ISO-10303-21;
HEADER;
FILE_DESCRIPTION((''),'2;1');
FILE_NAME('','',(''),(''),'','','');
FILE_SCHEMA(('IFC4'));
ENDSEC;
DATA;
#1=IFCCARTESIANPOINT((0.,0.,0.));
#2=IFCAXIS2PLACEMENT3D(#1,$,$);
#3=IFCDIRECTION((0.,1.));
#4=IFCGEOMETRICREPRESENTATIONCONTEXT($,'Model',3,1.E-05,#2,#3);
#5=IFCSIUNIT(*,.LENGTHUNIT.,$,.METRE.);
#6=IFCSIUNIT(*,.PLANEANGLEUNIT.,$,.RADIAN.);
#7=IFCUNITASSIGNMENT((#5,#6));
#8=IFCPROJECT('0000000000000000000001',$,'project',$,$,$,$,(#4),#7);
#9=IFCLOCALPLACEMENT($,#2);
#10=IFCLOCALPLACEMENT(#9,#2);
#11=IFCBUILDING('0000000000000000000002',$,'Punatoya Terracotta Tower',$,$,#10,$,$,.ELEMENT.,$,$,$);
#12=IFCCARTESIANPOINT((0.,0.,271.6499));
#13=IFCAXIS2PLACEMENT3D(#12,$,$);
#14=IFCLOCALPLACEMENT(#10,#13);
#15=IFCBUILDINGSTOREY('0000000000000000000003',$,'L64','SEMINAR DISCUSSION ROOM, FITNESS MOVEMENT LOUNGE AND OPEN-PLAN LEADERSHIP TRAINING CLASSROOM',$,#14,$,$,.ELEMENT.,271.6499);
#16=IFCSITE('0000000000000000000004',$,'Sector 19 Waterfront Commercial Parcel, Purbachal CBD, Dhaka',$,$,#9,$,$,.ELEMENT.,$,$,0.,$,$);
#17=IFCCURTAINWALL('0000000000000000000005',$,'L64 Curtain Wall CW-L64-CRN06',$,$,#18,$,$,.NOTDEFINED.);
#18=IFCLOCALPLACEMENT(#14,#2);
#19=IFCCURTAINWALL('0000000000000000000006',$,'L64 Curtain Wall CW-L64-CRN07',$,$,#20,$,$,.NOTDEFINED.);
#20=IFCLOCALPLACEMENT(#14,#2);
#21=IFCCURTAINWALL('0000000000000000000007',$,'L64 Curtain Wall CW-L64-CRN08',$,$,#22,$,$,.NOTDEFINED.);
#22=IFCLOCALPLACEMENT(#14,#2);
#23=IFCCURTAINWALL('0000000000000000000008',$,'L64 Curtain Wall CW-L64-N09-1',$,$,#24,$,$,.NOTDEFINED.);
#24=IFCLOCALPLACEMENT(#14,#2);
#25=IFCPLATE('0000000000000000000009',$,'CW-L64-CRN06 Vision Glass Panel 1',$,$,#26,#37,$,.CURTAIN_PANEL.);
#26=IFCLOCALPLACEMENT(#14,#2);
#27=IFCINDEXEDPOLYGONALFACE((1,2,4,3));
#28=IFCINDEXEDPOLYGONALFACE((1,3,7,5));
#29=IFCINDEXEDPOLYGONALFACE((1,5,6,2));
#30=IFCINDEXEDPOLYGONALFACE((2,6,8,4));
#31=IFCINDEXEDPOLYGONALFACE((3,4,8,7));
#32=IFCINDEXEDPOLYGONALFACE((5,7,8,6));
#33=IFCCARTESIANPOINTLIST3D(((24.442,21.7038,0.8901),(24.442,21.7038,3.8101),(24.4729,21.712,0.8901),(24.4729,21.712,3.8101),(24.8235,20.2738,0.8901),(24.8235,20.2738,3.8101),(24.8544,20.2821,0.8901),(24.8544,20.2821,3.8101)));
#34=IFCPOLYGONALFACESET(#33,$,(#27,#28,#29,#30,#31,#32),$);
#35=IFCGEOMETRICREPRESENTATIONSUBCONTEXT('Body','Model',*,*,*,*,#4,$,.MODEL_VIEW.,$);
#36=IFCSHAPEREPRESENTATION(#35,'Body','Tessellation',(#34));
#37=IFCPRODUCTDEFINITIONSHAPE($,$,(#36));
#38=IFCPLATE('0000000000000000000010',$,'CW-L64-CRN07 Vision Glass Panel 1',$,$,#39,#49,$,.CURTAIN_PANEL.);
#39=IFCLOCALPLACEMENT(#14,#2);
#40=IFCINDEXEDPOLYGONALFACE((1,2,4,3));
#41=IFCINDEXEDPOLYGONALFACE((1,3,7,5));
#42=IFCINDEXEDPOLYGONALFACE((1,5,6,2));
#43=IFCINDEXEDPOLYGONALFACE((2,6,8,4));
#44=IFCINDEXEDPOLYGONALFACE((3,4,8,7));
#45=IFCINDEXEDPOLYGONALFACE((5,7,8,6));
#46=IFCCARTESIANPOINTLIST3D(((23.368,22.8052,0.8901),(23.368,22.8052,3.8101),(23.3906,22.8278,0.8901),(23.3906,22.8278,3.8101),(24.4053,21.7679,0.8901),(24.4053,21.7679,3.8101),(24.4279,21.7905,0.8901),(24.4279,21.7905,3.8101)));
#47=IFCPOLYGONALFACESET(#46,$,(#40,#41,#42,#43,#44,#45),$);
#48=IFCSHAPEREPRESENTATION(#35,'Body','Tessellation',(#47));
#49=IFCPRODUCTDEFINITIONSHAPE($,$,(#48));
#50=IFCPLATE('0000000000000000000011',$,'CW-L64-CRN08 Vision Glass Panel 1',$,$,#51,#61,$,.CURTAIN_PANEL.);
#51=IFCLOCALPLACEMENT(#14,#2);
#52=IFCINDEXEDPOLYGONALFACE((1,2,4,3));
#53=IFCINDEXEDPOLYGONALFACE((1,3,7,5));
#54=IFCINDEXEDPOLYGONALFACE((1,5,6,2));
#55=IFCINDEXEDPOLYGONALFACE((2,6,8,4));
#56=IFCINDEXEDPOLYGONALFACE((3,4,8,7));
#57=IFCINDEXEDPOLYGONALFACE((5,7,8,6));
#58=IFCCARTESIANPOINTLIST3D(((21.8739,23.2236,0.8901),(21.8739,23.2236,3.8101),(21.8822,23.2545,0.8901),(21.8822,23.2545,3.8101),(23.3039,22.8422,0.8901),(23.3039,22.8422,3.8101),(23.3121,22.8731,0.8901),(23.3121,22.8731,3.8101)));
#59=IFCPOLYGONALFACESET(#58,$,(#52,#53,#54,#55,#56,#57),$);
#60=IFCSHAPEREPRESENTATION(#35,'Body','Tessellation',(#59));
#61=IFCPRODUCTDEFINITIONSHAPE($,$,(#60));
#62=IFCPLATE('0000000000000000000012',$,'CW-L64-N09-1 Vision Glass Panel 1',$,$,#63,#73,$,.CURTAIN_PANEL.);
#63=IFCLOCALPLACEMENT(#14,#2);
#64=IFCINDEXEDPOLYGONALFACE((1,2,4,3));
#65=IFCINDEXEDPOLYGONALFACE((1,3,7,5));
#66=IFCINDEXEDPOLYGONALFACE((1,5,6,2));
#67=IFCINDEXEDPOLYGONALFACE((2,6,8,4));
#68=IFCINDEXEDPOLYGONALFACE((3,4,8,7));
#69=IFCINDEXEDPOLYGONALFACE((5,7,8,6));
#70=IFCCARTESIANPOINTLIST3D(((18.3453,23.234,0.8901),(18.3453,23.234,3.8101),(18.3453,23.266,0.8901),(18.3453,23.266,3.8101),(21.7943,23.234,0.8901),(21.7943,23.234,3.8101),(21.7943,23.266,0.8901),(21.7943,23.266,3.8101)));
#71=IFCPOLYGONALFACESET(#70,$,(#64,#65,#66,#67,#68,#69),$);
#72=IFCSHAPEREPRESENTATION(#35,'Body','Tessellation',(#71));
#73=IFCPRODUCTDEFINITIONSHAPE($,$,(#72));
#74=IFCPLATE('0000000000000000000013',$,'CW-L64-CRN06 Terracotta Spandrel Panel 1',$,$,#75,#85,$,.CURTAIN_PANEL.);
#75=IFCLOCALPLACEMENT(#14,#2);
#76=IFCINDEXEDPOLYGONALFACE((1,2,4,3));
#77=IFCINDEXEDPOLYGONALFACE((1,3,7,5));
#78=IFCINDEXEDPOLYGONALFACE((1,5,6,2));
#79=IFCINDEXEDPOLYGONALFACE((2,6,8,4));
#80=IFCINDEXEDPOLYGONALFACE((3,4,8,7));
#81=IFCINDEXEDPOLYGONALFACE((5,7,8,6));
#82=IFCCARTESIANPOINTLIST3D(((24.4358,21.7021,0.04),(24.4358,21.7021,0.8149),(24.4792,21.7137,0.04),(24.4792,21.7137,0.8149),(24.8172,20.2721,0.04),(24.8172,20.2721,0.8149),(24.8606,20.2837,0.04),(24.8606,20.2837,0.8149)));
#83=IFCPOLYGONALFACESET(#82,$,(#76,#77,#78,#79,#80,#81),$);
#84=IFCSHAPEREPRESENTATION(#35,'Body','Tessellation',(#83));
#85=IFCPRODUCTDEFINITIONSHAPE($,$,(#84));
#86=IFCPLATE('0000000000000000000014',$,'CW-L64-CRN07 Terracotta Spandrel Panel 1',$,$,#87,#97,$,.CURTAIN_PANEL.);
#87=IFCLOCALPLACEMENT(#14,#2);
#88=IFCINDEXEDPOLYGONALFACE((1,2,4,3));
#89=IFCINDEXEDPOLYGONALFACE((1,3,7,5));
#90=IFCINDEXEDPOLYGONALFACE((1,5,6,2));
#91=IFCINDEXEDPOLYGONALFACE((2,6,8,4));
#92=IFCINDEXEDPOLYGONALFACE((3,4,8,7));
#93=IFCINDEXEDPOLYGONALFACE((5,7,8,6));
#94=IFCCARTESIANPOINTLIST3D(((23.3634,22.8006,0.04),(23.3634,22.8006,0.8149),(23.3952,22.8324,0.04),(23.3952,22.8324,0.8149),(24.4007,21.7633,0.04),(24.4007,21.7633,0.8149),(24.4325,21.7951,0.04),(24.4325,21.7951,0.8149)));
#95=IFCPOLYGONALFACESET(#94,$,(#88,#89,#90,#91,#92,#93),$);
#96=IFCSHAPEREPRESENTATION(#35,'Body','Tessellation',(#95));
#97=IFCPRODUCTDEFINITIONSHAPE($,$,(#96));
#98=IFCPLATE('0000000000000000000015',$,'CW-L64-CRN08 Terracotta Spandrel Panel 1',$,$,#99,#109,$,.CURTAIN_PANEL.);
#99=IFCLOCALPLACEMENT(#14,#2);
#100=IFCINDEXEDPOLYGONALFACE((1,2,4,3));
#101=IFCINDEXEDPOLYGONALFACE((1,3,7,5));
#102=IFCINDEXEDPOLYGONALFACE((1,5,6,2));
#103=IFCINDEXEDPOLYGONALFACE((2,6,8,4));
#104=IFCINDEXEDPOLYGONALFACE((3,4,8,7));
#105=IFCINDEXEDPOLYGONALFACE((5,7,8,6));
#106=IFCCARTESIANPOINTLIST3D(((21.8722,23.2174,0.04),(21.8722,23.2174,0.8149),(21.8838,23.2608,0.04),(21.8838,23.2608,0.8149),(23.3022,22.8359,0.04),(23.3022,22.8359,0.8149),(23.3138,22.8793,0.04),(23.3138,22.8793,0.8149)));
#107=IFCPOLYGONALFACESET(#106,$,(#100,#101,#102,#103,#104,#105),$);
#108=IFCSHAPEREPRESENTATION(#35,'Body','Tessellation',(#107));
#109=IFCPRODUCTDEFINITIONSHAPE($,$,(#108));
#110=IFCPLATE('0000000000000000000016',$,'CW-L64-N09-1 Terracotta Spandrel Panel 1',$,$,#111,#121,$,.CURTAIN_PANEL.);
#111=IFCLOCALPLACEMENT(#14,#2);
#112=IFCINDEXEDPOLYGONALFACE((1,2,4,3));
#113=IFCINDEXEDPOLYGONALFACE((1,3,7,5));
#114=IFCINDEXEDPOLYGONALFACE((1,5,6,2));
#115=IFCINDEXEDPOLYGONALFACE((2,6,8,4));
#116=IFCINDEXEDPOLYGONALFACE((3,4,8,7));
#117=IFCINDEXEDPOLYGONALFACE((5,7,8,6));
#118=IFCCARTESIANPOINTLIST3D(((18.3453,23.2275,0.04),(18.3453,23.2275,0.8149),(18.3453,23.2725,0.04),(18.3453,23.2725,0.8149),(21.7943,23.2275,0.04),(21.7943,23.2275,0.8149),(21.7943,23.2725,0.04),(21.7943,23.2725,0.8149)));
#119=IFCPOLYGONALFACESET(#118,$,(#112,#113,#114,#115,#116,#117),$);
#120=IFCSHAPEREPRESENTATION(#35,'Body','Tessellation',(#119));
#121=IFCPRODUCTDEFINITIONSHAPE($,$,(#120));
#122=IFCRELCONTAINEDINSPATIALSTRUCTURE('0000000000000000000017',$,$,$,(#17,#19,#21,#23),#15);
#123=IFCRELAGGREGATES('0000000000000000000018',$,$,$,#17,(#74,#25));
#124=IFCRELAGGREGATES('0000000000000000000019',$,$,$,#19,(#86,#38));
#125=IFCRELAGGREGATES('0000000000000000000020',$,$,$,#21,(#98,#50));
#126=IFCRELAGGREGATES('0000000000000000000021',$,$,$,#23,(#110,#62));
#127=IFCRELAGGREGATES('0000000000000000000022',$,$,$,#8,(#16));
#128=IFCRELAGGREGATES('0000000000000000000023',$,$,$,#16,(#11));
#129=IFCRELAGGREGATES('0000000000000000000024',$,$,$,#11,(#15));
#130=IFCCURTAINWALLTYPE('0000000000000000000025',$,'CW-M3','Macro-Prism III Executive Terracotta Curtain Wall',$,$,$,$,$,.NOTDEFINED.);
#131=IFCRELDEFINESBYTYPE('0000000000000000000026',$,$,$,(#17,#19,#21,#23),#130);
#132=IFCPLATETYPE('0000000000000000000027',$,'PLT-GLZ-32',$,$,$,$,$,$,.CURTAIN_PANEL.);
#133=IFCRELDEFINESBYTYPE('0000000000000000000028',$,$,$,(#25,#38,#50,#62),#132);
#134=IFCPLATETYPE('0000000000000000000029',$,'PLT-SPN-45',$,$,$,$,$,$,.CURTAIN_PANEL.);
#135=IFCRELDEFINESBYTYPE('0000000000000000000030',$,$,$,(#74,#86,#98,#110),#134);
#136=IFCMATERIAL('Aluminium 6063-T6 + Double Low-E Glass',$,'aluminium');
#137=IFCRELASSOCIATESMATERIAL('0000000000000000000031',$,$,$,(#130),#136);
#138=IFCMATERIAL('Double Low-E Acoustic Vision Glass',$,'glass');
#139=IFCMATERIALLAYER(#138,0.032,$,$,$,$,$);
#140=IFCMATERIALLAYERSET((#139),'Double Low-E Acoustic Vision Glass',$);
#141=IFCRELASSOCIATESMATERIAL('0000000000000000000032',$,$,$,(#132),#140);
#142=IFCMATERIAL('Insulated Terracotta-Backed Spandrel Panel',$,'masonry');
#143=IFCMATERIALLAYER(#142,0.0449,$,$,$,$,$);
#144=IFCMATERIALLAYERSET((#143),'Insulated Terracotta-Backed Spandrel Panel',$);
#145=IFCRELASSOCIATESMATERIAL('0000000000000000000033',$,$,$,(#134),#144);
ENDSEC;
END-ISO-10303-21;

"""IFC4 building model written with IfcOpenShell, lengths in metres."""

from ifc_helpers import new_model, si_unit, direction, frame, origin, origin_2d, place, context, subcontext, project, spatial, rectangle, extrude, material, layer, layer_set, type_object, element, aggregate, save


model = new_model("IFC4")

# Units and contexts
model_context = context("Model", 3, precision=1e-05, world=origin(), true_north=direction((0.0, 1.0)))
body_context = subcontext(model_context, "Body", "Model", "MODEL_VIEW")
ifc_project = project(units=[si_unit("LENGTHUNIT", "METRE"), si_unit("PLANEANGLEUNIT", "RADIAN")], contexts=[model_context])

# Site, building, storey
site_placement = place(None, origin())
site = spatial("IfcSite", under=ifc_project, at=site_placement, Name="Sector 19 Waterfront Commercial Parcel, Purbachal CBD, Dhaka", CompositionType="ELEMENT", RefElevation=0.0)
building_placement = place(site_placement, origin())
building = spatial("IfcBuilding", under=site, at=building_placement, Name="Punatoya Terracotta Tower", CompositionType="ELEMENT")
storey_placement = place(building_placement, frame((0.0, 0.0, 271.6499)))
storey = spatial("IfcBuildingStorey", under=building, at=storey_placement, Name="L64", Description="SEMINAR DISCUSSION ROOM, FITNESS MOVEMENT LOUNGE AND OPEN-PLAN LEADERSHIP TRAINING CLASSROOM", CompositionType="ELEMENT", Elevation=271.6499)

# Curtain walls
ifc_material_1 = material(Name="Aluminium 6063-T6 + Double Low-E Glass", Category="aluminium")
curtain_wall_type = type_object("IfcCurtainWallType", Name="CW-M3", Description="Macro-Prism III Executive Terracotta Curtain Wall", PredefinedType="NOTDEFINED", material=ifc_material_1)
curtain_wall_1_placement = place(storey_placement, origin())
curtain_wall_1 = element("IfcCurtainWall", 1, at=curtain_wall_1_placement, inside=storey, type_object=curtain_wall_type, Name="L64 Curtain Wall CW-L64-CRN06", PredefinedType="NOTDEFINED")
curtain_wall_2_placement = place(storey_placement, origin())
curtain_wall_2 = element("IfcCurtainWall", 2, at=curtain_wall_2_placement, inside=storey, type_object=curtain_wall_type, Name="L64 Curtain Wall CW-L64-CRN07", PredefinedType="NOTDEFINED")
curtain_wall_3_placement = place(storey_placement, origin())
curtain_wall_3 = element("IfcCurtainWall", 3, at=curtain_wall_3_placement, inside=storey, type_object=curtain_wall_type, Name="L64 Curtain Wall CW-L64-CRN08", PredefinedType="NOTDEFINED")
curtain_wall_4_placement = place(storey_placement, origin())
curtain_wall_4 = element("IfcCurtainWall", 4, at=curtain_wall_4_placement, inside=storey, type_object=curtain_wall_type, Name="L64 Curtain Wall CW-L64-N09-1", PredefinedType="NOTDEFINED")

# Plates
ifc_material_2 = material(Name="Double Low-E Acoustic Vision Glass", Category="glass")
ifc_layer_1 = layer(ifc_material_2, 0.032)
ifc_layer_set_1 = layer_set([ifc_layer_1], Name="Double Low-E Acoustic Vision Glass")
plate_type_1 = type_object("IfcPlateType", Name="PLT-GLZ-32", PredefinedType="CURTAIN_PANEL", material=ifc_layer_set_1)
plate_1_placement = place(storey_placement, frame((24.6482, 20.9929, 0.8901), z_axis=(0.0, 0.0, 1.0), x_axis=(-0.257742, 0.966214, 0.0)))
plate_1 = element("IfcPlate", 5, at=plate_1_placement, type_object=plate_type_1, Name="CW-L64-CRN06 Vision Glass Panel 1", PredefinedType="CURTAIN_PANEL", context=body_context, shape_type="SweptSolid", body=[
    extrude(rectangle(XDim=1.48, YDim=0.032, at=origin_2d()), origin(), (0.0, 0.0, 1.0), 2.9199),
])
plate_2_placement = place(storey_placement, frame((23.8979, 22.2979, 0.8901), z_axis=(0.0, 0.0, 1.0), x_axis=(-0.707107, 0.707107, 0.0)))
plate_2 = element("IfcPlate", 6, at=plate_2_placement, type_object=plate_type_1, Name="CW-L64-CRN07 Vision Glass Panel 1", PredefinedType="CURTAIN_PANEL", context=body_context, shape_type="SweptSolid", body=[
    extrude(rectangle(XDim=1.467, YDim=0.032, at=origin_2d()), origin(), (0.0, 0.0, 1.0), 2.9199),
])
plate_3_placement = place(storey_placement, frame((22.593, 23.0483, 0.8901), z_axis=(0.0, 0.0, 1.0), x_axis=(-0.966214, 0.257742, 0.0)))
plate_3 = element("IfcPlate", 7, at=plate_3_placement, type_object=plate_type_1, Name="CW-L64-CRN08 Vision Glass Panel 1", PredefinedType="CURTAIN_PANEL", context=body_context, shape_type="SweptSolid", body=[
    extrude(rectangle(XDim=1.48, YDim=0.032, at=origin_2d()), origin(), (0.0, 0.0, 1.0), 2.9199),
])
plate_4_placement = place(storey_placement, frame((20.0698, 23.25, 0.8901), z_axis=(0.0, 0.0, 1.0), x_axis=(-1.0, 0.0, 0.0)))
plate_4 = element("IfcPlate", 8, at=plate_4_placement, type_object=plate_type_1, Name="CW-L64-N09-1 Vision Glass Panel 1", PredefinedType="CURTAIN_PANEL", context=body_context, shape_type="SweptSolid", body=[
    extrude(rectangle(XDim=3.449, YDim=0.032, at=origin_2d()), origin(), (0.0, 0.0, 1.0), 2.9199),
])
ifc_material_3 = material(Name="Insulated Terracotta-Backed Spandrel Panel", Category="masonry")
ifc_layer_2 = layer(ifc_material_3, 0.0449)
ifc_layer_set_2 = layer_set([ifc_layer_2], Name="Insulated Terracotta-Backed Spandrel Panel")
plate_type_2 = type_object("IfcPlateType", Name="PLT-SPN-45", PredefinedType="CURTAIN_PANEL", material=ifc_layer_set_2)
plate_5_placement = place(storey_placement, frame((24.6482, 20.9929, 0.04), z_axis=(0.0, 0.0, 1.0), x_axis=(-0.257742, 0.966214, 0.0)))
plate_5 = element("IfcPlate", 9, at=plate_5_placement, type_object=plate_type_2, Name="CW-L64-CRN06 Terracotta Spandrel Panel 1", PredefinedType="CURTAIN_PANEL", context=body_context, shape_type="SweptSolid", body=[
    extrude(rectangle(XDim=1.48, YDim=0.0449, at=origin_2d()), origin(), (0.0, 0.0, 1.0), 0.7749),
])
aggregate(curtain_wall_1, [plate_5, plate_1])
plate_6_placement = place(storey_placement, frame((23.8979, 22.2979, 0.04), z_axis=(0.0, 0.0, 1.0), x_axis=(-0.707107, 0.707107, 0.0)))
plate_6 = element("IfcPlate", 10, at=plate_6_placement, type_object=plate_type_2, Name="CW-L64-CRN07 Terracotta Spandrel Panel 1", PredefinedType="CURTAIN_PANEL", context=body_context, shape_type="SweptSolid", body=[
    extrude(rectangle(XDim=1.467, YDim=0.0449, at=origin_2d()), origin(), (0.0, 0.0, 1.0), 0.7749),
])
aggregate(curtain_wall_2, [plate_6, plate_2])
plate_7_placement = place(storey_placement, frame((22.593, 23.0483, 0.04), z_axis=(0.0, 0.0, 1.0), x_axis=(-0.966214, 0.257742, 0.0)))
plate_7 = element("IfcPlate", 11, at=plate_7_placement, type_object=plate_type_2, Name="CW-L64-CRN08 Terracotta Spandrel Panel 1", PredefinedType="CURTAIN_PANEL", context=body_context, shape_type="SweptSolid", body=[
    extrude(rectangle(XDim=1.48, YDim=0.0449, at=origin_2d()), origin(), (0.0, 0.0, 1.0), 0.7749),
])
aggregate(curtain_wall_3, [plate_7, plate_3])
plate_8_placement = place(storey_placement, frame((20.0698, 23.25, 0.04), z_axis=(0.0, 0.0, 1.0), x_axis=(-1.0, 0.0, 0.0)))
plate_8 = element("IfcPlate", 12, at=plate_8_placement, type_object=plate_type_2, Name="CW-L64-N09-1 Terracotta Spandrel Panel 1", PredefinedType="CURTAIN_PANEL", context=body_context, shape_type="SweptSolid", body=[
    extrude(rectangle(XDim=3.449, YDim=0.0449, at=origin_2d()), origin(), (0.0, 0.0, 1.0), 0.7749),
])
aggregate(curtain_wall_4, [plate_8, plate_4])

save(model, "model.ifc")
